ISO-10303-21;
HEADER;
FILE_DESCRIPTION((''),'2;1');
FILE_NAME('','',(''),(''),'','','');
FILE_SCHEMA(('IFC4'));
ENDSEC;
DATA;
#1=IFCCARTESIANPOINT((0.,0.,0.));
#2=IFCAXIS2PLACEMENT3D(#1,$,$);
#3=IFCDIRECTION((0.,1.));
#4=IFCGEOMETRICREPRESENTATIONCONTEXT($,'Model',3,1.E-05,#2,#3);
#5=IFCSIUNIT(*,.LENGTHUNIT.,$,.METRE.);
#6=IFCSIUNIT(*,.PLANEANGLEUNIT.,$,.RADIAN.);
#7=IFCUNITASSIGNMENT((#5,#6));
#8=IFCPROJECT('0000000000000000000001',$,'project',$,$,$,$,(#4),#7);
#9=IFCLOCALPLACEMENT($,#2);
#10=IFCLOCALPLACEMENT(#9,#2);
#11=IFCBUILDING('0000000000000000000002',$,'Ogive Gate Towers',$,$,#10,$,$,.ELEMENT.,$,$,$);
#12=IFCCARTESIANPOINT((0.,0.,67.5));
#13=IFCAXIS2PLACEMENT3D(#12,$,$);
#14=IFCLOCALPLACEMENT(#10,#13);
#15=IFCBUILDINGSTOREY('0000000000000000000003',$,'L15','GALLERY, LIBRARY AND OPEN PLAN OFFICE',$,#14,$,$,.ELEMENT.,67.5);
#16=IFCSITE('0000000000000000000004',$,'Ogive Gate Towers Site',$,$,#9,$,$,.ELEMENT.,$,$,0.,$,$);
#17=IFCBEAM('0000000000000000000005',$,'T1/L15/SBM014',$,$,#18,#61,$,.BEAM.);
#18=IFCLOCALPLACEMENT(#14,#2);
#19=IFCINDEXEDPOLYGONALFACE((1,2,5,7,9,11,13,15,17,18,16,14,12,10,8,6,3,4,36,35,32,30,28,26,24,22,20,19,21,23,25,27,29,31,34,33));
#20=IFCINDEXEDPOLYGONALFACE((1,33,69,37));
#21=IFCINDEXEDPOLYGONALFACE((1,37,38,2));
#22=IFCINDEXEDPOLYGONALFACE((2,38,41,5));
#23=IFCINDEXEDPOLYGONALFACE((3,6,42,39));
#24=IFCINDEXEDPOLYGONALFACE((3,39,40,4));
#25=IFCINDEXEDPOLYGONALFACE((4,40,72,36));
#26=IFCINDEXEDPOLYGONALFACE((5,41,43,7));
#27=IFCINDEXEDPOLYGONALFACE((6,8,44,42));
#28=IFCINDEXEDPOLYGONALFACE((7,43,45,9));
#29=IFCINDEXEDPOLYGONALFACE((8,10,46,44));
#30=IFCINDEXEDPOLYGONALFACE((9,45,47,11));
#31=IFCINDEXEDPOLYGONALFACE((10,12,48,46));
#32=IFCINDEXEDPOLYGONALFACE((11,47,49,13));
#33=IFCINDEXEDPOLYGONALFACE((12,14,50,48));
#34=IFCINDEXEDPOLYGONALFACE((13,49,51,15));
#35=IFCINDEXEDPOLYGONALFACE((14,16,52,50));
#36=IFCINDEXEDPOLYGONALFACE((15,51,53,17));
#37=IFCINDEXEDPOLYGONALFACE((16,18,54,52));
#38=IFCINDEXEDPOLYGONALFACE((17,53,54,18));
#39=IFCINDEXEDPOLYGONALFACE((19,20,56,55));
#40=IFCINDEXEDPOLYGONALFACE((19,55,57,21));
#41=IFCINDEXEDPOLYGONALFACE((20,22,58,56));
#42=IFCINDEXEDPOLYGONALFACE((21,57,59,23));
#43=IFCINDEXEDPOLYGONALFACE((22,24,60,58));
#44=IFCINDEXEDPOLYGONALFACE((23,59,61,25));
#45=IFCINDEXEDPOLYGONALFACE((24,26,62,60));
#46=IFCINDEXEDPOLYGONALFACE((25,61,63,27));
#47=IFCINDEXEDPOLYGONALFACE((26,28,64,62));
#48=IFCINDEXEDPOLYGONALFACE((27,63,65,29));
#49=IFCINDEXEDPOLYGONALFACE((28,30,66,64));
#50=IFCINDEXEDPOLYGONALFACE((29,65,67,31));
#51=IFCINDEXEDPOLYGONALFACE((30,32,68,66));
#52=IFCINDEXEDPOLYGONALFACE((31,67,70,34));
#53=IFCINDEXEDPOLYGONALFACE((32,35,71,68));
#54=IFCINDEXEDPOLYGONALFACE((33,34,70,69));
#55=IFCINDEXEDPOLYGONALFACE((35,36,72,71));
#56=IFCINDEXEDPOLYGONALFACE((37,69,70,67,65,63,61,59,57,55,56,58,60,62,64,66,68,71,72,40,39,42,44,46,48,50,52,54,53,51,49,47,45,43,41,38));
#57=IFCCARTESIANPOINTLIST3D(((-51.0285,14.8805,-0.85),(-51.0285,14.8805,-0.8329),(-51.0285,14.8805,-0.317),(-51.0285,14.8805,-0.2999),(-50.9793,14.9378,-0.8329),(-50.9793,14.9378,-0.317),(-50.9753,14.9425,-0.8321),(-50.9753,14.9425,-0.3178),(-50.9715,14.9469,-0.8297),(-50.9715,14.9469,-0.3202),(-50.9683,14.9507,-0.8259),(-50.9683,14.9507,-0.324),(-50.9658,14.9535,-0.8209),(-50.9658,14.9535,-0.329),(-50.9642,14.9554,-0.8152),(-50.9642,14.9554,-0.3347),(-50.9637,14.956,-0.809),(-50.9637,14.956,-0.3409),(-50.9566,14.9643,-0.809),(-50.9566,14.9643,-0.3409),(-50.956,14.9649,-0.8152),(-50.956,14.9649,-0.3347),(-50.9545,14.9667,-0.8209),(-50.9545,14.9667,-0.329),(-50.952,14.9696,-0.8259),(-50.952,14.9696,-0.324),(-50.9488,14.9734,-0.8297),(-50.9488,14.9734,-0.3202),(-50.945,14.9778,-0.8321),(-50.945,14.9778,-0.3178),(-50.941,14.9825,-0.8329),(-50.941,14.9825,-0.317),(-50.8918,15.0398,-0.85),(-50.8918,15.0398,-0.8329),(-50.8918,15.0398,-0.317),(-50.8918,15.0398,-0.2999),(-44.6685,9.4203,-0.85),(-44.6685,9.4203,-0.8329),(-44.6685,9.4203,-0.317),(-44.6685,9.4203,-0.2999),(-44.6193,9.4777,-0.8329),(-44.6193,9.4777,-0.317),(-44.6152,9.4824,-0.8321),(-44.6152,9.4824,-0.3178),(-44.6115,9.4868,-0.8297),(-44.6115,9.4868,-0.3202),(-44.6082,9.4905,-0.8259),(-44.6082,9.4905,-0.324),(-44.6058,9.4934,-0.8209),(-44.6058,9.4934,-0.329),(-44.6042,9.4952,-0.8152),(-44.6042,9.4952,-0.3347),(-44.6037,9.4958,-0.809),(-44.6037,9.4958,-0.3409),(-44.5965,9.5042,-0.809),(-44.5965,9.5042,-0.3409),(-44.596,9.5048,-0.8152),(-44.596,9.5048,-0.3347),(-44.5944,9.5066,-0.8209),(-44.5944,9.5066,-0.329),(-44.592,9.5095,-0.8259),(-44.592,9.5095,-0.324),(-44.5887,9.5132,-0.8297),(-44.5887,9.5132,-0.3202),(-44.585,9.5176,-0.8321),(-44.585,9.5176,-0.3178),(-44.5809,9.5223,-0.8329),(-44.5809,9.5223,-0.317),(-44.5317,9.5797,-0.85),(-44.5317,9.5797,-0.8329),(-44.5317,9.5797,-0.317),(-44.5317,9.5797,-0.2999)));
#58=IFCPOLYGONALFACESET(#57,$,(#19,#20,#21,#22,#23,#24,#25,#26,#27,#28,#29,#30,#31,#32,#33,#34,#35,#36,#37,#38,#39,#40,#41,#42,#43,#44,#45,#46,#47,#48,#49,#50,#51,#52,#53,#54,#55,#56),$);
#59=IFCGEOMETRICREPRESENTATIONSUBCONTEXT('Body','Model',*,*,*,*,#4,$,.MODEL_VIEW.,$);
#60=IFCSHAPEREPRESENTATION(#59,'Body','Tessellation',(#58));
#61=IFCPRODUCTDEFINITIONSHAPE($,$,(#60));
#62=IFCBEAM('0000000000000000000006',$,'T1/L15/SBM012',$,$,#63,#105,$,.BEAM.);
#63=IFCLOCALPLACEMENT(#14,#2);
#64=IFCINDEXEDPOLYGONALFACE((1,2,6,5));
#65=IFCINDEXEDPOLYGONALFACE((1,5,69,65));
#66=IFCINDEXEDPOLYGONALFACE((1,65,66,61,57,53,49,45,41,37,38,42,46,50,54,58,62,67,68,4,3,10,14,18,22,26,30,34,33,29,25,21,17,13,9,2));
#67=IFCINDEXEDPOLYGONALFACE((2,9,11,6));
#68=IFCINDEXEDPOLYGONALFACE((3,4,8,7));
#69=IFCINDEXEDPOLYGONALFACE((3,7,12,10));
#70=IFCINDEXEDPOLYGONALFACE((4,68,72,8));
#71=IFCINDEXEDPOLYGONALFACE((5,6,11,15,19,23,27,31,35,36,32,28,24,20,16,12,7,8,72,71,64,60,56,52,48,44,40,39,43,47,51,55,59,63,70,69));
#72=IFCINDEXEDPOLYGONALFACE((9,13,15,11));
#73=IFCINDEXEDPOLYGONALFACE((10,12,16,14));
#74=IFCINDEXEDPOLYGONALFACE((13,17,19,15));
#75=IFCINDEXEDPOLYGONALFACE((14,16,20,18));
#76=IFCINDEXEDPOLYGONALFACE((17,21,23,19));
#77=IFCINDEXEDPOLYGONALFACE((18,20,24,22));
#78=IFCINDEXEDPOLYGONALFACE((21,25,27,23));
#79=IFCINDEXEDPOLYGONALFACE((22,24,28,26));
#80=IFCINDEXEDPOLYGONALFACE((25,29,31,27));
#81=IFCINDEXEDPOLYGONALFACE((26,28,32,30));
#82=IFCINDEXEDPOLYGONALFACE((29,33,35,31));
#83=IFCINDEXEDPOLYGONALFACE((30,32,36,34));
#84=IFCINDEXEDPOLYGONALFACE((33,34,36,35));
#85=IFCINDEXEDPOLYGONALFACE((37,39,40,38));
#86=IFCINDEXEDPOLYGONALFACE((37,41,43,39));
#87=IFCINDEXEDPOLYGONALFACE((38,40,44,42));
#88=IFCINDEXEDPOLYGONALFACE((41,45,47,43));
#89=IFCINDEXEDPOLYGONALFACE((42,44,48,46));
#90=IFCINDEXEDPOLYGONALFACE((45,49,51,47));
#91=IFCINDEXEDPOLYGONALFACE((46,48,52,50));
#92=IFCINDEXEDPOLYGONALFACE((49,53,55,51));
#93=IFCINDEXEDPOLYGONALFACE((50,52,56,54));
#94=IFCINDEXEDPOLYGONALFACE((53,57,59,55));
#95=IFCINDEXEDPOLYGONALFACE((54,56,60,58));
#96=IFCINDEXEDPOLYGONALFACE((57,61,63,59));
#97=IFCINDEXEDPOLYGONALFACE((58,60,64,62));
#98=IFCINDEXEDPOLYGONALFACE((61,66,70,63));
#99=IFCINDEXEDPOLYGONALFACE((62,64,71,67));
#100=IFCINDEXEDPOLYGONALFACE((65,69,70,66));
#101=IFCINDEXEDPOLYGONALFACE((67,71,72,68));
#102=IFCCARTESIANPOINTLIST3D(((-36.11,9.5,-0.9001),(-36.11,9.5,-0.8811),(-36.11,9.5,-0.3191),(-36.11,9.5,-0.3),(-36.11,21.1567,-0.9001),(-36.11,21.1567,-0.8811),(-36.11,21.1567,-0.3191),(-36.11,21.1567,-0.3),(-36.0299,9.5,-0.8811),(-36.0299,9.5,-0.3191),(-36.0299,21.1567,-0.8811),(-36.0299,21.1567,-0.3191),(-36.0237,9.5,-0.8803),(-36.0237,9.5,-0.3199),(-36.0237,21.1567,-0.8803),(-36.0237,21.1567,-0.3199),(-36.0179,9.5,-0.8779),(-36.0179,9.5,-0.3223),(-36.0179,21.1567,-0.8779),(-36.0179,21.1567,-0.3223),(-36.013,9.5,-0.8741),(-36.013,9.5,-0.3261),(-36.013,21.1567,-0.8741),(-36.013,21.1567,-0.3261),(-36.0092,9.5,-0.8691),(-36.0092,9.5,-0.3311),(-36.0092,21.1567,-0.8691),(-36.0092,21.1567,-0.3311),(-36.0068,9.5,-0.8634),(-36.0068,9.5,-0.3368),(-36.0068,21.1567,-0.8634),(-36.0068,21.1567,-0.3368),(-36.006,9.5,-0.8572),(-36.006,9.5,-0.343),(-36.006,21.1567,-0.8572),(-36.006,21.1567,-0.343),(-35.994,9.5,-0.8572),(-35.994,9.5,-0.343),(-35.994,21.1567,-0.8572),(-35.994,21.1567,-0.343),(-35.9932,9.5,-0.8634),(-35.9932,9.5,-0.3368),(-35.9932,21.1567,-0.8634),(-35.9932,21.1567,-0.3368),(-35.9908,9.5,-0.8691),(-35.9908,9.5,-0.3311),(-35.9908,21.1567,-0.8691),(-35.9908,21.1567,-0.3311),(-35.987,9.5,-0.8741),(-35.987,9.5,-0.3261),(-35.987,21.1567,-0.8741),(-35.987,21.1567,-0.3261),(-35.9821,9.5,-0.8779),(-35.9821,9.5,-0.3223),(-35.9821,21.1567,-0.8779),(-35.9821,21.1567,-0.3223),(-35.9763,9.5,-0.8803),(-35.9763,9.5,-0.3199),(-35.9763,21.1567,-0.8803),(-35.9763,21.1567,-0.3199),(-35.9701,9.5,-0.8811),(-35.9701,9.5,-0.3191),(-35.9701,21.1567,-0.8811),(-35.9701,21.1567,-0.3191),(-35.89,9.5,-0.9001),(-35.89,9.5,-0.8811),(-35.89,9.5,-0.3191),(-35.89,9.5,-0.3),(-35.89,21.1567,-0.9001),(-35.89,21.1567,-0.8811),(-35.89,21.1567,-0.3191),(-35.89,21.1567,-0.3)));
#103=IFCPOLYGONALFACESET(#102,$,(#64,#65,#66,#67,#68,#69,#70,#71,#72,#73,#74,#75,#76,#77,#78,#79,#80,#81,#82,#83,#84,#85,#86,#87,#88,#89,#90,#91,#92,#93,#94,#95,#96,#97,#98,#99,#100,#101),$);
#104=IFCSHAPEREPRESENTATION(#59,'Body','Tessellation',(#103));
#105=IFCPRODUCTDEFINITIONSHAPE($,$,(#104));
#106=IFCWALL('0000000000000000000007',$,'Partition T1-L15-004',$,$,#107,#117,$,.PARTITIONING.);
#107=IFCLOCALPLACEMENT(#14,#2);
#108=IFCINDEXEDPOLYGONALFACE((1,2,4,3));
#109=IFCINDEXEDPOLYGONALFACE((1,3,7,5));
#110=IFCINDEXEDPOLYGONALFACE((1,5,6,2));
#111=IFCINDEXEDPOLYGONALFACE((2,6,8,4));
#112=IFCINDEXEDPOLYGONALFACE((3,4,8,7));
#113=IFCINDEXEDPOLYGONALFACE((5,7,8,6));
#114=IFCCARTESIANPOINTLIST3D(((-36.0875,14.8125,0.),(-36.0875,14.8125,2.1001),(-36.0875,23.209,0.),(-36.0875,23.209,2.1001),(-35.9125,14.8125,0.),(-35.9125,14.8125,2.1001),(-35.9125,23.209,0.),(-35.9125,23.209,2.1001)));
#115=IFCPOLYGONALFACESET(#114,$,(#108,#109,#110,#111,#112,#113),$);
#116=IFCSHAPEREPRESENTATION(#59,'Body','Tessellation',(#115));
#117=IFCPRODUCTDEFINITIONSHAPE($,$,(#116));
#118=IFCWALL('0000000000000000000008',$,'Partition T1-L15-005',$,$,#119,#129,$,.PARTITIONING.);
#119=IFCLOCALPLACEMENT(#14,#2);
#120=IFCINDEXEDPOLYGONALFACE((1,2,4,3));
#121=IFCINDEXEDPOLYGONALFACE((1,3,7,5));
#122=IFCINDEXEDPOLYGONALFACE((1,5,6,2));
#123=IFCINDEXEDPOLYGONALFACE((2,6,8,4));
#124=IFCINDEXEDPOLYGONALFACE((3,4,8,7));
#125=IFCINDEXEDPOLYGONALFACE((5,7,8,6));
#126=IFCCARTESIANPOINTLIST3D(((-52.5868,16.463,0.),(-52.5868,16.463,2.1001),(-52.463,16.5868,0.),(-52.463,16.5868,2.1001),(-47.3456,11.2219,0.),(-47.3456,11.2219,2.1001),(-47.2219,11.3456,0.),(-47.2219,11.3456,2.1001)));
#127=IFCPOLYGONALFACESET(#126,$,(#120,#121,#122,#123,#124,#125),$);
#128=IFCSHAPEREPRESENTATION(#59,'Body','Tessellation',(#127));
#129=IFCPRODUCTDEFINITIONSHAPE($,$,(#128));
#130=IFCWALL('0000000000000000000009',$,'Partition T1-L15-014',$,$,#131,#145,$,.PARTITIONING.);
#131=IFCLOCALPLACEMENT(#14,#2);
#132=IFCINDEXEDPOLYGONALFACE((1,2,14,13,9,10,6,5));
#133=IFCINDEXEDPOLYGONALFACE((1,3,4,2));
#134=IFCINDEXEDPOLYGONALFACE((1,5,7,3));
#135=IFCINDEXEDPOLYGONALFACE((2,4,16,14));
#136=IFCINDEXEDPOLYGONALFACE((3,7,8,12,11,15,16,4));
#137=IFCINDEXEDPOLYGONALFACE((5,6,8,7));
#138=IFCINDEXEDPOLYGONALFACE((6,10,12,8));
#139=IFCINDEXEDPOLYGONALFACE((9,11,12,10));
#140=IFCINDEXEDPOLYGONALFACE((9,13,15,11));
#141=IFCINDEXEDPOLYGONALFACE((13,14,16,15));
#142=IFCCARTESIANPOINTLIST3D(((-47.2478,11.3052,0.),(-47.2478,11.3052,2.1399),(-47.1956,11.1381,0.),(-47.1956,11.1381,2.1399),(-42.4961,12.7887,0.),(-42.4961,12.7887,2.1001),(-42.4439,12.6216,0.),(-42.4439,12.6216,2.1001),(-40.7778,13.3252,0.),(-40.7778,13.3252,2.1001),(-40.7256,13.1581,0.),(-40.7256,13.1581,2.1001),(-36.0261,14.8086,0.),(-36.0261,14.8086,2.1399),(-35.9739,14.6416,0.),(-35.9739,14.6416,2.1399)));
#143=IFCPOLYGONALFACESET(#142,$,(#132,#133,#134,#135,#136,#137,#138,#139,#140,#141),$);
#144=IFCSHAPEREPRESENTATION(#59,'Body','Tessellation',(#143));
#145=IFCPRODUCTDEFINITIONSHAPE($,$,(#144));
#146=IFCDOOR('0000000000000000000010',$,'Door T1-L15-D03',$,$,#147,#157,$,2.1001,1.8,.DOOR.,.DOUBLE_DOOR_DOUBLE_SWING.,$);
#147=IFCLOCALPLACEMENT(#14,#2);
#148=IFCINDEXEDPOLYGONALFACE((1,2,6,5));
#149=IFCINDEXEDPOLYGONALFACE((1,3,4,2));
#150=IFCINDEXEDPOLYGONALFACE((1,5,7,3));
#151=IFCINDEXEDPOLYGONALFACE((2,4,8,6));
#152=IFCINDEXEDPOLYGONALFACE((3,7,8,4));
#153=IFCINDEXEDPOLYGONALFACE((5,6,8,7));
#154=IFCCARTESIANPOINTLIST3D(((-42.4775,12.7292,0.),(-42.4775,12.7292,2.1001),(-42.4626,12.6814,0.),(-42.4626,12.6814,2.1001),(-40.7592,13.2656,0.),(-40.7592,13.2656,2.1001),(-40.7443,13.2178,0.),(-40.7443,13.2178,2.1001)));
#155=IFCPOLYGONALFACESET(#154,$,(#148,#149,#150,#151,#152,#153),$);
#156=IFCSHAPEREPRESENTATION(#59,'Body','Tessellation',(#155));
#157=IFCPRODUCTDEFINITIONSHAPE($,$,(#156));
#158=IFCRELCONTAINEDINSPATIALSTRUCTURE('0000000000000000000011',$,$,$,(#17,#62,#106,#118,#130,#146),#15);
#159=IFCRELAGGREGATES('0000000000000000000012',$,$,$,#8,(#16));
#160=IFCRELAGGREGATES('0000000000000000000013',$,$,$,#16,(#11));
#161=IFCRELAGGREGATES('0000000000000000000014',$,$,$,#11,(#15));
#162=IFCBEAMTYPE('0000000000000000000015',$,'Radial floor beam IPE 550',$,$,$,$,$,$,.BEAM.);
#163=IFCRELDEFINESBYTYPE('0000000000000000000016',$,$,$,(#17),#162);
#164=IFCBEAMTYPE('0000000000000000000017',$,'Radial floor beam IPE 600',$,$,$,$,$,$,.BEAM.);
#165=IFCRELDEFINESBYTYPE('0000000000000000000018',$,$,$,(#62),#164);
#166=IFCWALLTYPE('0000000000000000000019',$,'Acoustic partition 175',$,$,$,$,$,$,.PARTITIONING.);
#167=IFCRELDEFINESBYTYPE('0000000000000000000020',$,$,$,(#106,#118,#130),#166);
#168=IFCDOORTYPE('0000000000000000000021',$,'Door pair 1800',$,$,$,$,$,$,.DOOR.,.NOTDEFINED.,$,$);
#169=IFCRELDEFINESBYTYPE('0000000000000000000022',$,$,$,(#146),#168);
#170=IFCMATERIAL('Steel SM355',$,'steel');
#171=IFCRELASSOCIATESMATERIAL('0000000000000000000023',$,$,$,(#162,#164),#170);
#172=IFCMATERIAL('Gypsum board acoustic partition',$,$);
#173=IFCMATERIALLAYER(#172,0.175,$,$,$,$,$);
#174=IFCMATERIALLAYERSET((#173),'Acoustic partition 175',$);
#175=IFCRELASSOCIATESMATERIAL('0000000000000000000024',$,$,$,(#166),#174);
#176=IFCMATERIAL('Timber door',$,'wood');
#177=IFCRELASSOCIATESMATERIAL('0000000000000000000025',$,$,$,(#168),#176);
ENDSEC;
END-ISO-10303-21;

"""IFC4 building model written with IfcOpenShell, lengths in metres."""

from ifc_helpers import new_model, si_unit, direction, frame, frame_2d, origin, origin_2d, place, context, subcontext, project, spatial, rectangle, i_section, extrude, material, layer, layer_set, material_profile, profile_set, type_object, element, fill, save


model = new_model("IFC4")

# Units and contexts
model_context = context("Model", 3, precision=1e-05, world=origin(), true_north=direction((0.0, 1.0)))
body_context = subcontext(model_context, "Body", "Model", "MODEL_VIEW")
ifc_project = project(units=[si_unit("LENGTHUNIT", "METRE"), si_unit("PLANEANGLEUNIT", "RADIAN")], contexts=[model_context])

# Site, building, storey
site_placement = place(None, origin())
site = spatial("IfcSite", under=ifc_project, at=site_placement, Name="Ogive Gate Towers Site", CompositionType="ELEMENT", RefElevation=0.0)
building_placement = place(site_placement, origin())
building = spatial("IfcBuilding", under=site, at=building_placement, Name="Ogive Gate Towers", CompositionType="ELEMENT")
storey_placement = place(building_placement, frame((0.0, 0.0, 67.5)))
storey = spatial("IfcBuildingStorey", under=building, at=storey_placement, Name="L15", Description="GALLERY, LIBRARY AND OPEN PLAN OFFICE", CompositionType="ELEMENT", Elevation=67.5)

# Beams
ifc_material_1 = material(Name="Steel SM355", Category="steel")
ifc_material_profile_1 = material_profile(ifc_material_1, i_section(OverallWidth=0.21, OverallDepth=0.55, WebThickness=0.011, FlangeThickness=0.0171, FilletRadius=0.0239, at=origin_2d()), Name="IPE 550")
ifc_profile_set_1 = profile_set([ifc_material_profile_1], Name="Steel SM355")
beam_type_1 = type_object("IfcBeamType", Name="Radial floor beam IPE 550", PredefinedType="BEAM", material=ifc_profile_set_1)
beam_1_placement = place(storey_placement, frame((-44.6001, 9.5, -0.575), z_axis=(-0.758744, 0.651388, 0.0), x_axis=(-0.651388, -0.758744, 0.0)))
element("IfcBeam", 1, at=beam_1_placement, inside=storey, type_object=beam_type_1, Name="T1/L15/SBM014", PredefinedType="BEAM", context=body_context, shape_type="SweptSolid", body=[
    extrude(i_section(OverallWidth=0.21, OverallDepth=0.55, WebThickness=0.011, FlangeThickness=0.0171, FilletRadius=0.0239, at=origin_2d()), origin(), (0.0, 0.0, 1.0), 8.3823),
])
ifc_material_profile_2 = material_profile(ifc_material_1, i_section(OverallWidth=0.22, OverallDepth=0.6001, WebThickness=0.012, FlangeThickness=0.019, FilletRadius=0.0239, at=origin_2d()), Name="IPE 600")
ifc_profile_set_2 = profile_set([ifc_material_profile_2], Name="Steel SM355")
beam_type_2 = type_object("IfcBeamType", Name="Radial floor beam IPE 600", PredefinedType="BEAM", material=ifc_profile_set_2)
beam_2_placement = place(storey_placement, frame((-36.0, 9.5, -0.6001), z_axis=(0.0, 1.0, 0.0), x_axis=(-1.0, 0.0, 0.0)))
element("IfcBeam", 2, at=beam_2_placement, inside=storey, type_object=beam_type_2, Name="T1/L15/SBM012", PredefinedType="BEAM", context=body_context, shape_type="SweptSolid", body=[
    extrude(i_section(OverallWidth=0.22, OverallDepth=0.6001, WebThickness=0.012, FlangeThickness=0.019, FilletRadius=0.0239, at=origin_2d()), origin(), (0.0, 0.0, 1.0), 11.6567),
])

# Walls
ifc_material_2 = material(Name="Gypsum board acoustic partition")
ifc_layer_1 = layer(ifc_material_2, 0.175)
ifc_layer_set_1 = layer_set([ifc_layer_1], Name="Acoustic partition 175")
wall_type_1 = type_object("IfcWallType", Name="Acoustic partition 175", PredefinedType="PARTITIONING", material=ifc_layer_set_1)
wall_1_placement = place(storey_placement, frame((-36.0, 23.209, 0.0), z_axis=(0.0, 0.0, 1.0), x_axis=(0.0, -1.0, 0.0)))
element("IfcWall", 3, at=wall_1_placement, inside=storey, type_object=wall_type_1, Name="Partition T1-L15-004", PredefinedType="PARTITIONING", context=body_context, shape_type="SweptSolid", body=[
    extrude(rectangle(XDim=8.3965, YDim=0.175, at=frame_2d((4.1982, 0.0))), origin(), (0.0, 0.0, 1.0), 2.1001),
])
wall_2_placement = place(storey_placement, frame((-52.5249, 16.5249, 0.0), z_axis=(0.0, 0.0, 1.0), x_axis=(0.707107, -0.707107, 0.0)))
element("IfcWall", 4, at=wall_2_placement, inside=storey, type_object=wall_type_1, Name="Partition T1-L15-005", PredefinedType="PARTITIONING", context=body_context, shape_type="SweptSolid", body=[
    extrude(rectangle(XDim=7.4121, YDim=0.175, at=frame_2d((3.7061, 0.0))), origin(), (0.0, 0.0, 1.0), 2.1001),
])

# Wall, opening, door
wall_3_placement = place(storey_placement, frame((-36.0, 14.7251, 0.0), z_axis=(0.0, 0.0, 1.0), x_axis=(-0.954561, -0.298015, 0.0)))
wall_3 = element("IfcWall", 5, at=wall_3_placement, inside=storey, type_object=wall_type_1, Name="Partition T1-L15-014", PredefinedType="PARTITIONING", context=body_context, shape_type="SweptSolid", body=[
    extrude(rectangle(XDim=11.7559, YDim=0.175, at=frame_2d((5.8779, 0.0))), origin(), (0.0, 0.0, 1.0), 2.1399),
])
opening_1_placement = place(wall_3_placement, frame((4.978, 0.0, 0.0)))
opening_1 = element("IfcOpeningElement", 6, at=opening_1_placement, cuts=wall_3, PredefinedType="OPENING", context=body_context, shape_type="SweptSolid", body=[
    extrude(rectangle(XDim=1.8, YDim=2.1001, at=frame_2d((0.8999, 1.05))), frame((0.0, 0.0977, 0.0), z_axis=(0.0, -1.0, 0.0), x_axis=(1.0, 0.0, 0.0)), (0.0, 0.0, 1.0), 0.1951),
])
ifc_material_3 = material(Name="Timber door", Category="wood")
door_type_1 = type_object("IfcDoorType", Name="Door pair 1800", OperationType="NOTDEFINED", PredefinedType="DOOR", material=ifc_material_3)
door_1_placement = place(opening_1_placement, origin())
door_1 = element("IfcDoor", 7, at=door_1_placement, inside=storey, type_object=door_type_1, Name="Door T1-L15-D03", OperationType="DOUBLE_DOOR_DOUBLE_SWING", OverallHeight=2.1001, OverallWidth=1.8, PredefinedType="DOOR", context=body_context, shape_type="SweptSolid", body=[
    extrude(rectangle(XDim=1.8, YDim=2.1001, at=frame_2d((0.8999, 1.05))), frame((0.0, 0.0249, 0.0), z_axis=(0.0, -1.0, 0.0), x_axis=(1.0, 0.0, 0.0)), (0.0, 0.0, 1.0), 0.05),
])
fill(opening_1, door_1)

save(model, "model.ifc")
